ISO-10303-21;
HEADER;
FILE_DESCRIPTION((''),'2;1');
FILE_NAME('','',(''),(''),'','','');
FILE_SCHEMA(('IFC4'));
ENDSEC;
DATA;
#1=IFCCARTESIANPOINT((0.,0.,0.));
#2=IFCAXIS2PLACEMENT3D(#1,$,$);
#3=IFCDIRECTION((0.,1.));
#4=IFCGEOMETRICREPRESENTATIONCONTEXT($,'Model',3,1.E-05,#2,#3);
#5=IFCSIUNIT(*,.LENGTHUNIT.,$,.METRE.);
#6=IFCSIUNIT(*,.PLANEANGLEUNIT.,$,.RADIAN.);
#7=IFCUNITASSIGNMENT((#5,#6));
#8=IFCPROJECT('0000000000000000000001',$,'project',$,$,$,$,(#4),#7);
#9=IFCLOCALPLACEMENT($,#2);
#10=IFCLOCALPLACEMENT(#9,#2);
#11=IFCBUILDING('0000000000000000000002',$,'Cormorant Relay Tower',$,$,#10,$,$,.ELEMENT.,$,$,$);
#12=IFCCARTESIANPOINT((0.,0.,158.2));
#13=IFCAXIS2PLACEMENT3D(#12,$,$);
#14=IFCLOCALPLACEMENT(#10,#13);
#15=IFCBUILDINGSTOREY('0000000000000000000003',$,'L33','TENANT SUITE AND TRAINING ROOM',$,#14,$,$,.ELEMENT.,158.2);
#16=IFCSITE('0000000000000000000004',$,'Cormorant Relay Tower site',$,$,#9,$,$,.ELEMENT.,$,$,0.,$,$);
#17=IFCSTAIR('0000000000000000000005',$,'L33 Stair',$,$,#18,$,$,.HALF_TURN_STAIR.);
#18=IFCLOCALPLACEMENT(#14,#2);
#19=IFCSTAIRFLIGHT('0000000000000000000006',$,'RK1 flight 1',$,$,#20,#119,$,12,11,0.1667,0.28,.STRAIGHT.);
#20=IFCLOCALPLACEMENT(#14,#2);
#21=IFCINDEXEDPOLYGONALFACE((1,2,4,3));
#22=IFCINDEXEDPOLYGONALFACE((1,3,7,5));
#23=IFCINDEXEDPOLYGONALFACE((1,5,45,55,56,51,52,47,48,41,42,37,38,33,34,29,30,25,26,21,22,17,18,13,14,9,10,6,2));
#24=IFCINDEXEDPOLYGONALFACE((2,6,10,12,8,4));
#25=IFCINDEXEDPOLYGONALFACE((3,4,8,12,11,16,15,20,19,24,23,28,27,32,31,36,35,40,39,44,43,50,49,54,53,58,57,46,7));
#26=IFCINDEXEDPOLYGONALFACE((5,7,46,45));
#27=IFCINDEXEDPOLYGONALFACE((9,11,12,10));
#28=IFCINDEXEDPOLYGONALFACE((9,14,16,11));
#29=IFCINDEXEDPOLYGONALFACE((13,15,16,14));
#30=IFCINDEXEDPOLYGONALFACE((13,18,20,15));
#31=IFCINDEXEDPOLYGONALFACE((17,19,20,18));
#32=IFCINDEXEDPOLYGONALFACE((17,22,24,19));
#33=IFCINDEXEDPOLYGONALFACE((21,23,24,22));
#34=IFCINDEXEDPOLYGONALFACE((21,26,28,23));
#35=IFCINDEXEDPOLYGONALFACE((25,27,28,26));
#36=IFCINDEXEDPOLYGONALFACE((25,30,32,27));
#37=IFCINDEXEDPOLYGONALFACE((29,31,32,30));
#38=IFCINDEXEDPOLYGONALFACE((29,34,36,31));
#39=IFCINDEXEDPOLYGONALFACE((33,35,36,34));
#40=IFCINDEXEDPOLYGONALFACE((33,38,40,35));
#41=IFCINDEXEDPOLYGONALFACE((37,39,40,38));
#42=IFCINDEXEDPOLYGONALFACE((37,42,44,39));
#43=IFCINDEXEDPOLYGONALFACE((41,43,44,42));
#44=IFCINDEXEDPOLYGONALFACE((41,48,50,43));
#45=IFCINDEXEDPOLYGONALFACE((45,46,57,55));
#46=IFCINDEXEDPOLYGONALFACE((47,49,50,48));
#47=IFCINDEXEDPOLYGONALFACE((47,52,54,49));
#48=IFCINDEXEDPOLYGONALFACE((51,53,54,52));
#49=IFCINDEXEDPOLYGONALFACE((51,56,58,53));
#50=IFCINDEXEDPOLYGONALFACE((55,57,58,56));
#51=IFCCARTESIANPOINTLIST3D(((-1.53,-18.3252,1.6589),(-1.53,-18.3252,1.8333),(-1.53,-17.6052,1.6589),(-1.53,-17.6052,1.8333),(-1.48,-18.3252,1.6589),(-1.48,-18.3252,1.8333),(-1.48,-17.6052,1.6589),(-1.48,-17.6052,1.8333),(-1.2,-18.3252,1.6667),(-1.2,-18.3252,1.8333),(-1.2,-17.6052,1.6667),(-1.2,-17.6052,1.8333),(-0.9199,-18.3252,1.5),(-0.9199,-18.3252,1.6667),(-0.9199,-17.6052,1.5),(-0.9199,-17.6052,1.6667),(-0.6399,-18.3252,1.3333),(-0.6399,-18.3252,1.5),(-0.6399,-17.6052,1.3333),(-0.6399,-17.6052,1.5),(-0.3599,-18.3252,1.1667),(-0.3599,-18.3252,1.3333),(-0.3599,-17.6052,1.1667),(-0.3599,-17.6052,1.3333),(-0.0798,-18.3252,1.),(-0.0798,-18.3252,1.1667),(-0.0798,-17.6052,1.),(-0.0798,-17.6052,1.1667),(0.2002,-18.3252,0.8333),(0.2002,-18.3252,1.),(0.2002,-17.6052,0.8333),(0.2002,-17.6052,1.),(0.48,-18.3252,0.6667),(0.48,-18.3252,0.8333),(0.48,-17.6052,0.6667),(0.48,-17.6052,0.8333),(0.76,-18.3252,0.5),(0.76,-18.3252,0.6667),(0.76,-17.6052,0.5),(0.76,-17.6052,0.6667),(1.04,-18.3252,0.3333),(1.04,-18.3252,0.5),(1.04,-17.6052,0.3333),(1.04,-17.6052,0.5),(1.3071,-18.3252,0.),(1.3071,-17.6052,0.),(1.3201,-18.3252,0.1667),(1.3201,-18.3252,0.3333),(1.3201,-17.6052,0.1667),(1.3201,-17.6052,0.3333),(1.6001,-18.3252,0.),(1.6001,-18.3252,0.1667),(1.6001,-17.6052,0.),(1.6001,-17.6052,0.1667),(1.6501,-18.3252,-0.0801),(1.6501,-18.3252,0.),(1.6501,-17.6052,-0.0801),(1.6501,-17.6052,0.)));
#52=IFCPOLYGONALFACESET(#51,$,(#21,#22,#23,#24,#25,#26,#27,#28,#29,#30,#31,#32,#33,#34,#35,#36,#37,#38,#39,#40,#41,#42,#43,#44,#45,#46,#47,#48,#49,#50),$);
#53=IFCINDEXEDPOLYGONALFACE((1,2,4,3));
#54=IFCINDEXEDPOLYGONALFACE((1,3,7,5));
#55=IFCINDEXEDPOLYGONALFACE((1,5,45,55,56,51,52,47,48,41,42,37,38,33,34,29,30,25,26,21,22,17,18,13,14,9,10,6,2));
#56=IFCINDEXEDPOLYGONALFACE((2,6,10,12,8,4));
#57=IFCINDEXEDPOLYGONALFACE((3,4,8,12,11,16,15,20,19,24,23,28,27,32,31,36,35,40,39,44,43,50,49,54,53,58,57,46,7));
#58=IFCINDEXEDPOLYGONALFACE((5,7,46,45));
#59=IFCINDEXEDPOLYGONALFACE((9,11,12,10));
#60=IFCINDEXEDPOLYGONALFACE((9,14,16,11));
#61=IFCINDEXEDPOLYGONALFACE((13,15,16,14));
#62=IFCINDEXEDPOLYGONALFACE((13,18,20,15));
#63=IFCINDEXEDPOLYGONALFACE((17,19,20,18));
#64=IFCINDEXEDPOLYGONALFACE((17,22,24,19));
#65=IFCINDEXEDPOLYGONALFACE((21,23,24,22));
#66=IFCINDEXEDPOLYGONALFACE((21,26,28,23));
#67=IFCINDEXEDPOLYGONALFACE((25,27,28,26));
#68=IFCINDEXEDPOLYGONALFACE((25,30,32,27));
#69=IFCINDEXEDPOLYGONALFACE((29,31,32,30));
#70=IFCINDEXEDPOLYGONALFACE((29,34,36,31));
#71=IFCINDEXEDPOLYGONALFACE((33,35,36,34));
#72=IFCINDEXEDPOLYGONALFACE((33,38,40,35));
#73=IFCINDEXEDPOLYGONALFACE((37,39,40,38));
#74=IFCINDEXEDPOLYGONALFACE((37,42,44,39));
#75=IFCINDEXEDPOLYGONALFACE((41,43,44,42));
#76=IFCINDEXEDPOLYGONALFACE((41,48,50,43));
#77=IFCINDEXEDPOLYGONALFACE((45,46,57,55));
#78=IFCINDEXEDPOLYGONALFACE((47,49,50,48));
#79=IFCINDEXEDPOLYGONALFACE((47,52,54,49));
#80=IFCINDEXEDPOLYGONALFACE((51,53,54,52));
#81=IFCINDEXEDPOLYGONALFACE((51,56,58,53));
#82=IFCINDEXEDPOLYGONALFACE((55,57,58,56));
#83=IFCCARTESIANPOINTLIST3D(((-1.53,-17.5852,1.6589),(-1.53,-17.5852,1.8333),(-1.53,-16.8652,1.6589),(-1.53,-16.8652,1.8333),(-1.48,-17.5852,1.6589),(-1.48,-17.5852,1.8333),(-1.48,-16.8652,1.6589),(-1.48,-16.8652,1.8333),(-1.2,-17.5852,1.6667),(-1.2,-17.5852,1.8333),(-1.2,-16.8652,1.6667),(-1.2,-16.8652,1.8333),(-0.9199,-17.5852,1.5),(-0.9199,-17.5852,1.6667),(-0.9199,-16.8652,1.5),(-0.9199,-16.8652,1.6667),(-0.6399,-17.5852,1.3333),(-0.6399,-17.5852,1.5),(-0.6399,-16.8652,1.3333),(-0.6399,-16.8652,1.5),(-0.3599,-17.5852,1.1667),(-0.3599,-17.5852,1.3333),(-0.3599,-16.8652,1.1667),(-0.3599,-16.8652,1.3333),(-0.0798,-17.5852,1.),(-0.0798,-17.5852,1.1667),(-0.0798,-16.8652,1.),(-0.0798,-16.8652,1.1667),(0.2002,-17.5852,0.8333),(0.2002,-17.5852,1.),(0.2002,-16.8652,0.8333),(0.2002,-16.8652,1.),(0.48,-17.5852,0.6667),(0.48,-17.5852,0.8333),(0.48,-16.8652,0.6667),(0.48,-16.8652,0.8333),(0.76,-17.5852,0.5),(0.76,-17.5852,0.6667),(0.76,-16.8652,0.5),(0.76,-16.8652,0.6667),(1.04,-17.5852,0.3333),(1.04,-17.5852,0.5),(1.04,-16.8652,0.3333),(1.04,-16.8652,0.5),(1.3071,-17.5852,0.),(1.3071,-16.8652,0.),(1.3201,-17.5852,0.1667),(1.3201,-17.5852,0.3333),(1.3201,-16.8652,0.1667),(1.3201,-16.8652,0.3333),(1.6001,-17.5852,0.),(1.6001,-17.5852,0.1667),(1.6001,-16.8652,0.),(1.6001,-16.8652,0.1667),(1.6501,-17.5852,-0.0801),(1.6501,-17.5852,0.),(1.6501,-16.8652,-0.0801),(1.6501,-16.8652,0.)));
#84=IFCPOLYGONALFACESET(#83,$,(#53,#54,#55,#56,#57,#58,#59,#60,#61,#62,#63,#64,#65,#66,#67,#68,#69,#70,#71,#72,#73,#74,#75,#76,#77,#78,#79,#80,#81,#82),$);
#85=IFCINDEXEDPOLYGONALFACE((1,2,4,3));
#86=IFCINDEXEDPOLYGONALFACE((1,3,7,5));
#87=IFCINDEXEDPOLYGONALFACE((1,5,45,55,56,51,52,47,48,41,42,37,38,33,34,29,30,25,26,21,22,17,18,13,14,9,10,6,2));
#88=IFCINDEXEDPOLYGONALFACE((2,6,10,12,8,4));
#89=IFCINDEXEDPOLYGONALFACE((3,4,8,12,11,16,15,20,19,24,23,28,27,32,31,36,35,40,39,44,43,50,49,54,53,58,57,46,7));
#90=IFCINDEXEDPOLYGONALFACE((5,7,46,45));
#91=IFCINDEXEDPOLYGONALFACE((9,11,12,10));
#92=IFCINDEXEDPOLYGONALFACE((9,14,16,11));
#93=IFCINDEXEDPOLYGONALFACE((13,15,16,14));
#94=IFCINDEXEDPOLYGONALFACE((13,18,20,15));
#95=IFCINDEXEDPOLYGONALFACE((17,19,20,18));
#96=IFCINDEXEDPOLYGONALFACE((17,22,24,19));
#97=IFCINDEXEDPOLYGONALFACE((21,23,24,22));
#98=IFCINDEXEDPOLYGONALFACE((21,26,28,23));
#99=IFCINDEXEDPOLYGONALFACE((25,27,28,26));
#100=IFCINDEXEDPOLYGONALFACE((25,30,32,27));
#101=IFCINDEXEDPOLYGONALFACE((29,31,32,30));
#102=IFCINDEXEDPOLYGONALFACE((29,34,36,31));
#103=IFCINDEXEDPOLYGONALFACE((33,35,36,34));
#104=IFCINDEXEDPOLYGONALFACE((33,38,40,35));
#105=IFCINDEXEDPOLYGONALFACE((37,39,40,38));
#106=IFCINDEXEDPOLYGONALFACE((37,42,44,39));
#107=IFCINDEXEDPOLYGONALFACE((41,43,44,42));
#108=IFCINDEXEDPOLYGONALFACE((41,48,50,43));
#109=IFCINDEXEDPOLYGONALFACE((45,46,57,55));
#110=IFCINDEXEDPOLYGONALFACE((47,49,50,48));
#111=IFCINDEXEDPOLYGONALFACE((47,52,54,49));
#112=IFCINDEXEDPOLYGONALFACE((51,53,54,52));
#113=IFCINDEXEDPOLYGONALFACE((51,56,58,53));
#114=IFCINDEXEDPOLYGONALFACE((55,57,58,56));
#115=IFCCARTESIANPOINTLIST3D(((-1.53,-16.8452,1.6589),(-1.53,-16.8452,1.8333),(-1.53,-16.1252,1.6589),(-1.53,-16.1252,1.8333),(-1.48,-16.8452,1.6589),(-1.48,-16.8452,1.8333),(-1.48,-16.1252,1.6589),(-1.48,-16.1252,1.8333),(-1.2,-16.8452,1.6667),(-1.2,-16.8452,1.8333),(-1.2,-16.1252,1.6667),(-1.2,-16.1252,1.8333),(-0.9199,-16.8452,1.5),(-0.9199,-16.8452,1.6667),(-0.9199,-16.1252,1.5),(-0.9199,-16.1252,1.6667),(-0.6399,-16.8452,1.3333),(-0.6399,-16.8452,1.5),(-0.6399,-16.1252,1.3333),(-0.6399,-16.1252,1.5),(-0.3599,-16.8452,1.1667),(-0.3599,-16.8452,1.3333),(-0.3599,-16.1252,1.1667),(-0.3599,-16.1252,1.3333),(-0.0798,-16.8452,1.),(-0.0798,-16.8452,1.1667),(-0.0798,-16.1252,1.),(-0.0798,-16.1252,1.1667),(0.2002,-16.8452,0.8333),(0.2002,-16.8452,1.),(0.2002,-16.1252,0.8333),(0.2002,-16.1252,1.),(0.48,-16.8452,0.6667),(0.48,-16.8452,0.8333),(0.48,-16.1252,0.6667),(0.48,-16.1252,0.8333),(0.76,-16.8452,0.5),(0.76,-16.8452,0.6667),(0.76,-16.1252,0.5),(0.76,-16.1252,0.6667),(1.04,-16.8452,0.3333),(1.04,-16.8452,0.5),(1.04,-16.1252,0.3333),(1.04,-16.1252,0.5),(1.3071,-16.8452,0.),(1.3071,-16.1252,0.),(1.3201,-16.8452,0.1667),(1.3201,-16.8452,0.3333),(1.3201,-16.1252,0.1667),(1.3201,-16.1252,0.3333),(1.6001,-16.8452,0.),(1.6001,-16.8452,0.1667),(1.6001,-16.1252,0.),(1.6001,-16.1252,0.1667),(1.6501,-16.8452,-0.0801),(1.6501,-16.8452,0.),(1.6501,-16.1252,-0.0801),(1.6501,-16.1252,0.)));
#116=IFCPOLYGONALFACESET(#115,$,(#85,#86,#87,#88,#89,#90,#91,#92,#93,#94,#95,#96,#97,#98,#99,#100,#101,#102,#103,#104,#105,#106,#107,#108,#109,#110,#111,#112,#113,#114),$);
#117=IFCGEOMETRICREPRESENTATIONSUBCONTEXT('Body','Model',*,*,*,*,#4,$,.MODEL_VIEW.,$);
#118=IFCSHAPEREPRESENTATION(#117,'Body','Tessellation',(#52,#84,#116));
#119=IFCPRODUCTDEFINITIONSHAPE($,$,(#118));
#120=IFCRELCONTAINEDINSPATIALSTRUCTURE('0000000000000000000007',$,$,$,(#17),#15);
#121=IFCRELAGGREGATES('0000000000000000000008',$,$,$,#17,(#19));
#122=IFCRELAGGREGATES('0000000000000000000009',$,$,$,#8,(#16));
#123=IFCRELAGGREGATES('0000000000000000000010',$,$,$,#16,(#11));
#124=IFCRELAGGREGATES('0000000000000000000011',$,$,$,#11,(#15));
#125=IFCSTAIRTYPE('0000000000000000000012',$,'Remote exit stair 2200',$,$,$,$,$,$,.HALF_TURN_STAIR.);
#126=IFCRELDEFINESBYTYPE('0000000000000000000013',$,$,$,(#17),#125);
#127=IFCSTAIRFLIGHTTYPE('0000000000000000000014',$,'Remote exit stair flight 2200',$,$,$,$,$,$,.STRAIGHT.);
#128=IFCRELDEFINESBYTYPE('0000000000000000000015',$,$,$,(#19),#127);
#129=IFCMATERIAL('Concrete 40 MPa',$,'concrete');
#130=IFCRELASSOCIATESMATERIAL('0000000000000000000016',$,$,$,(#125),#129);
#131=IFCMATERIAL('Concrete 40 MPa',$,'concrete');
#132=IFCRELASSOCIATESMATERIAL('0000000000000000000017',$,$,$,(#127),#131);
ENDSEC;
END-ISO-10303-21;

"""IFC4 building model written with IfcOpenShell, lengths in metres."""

from ifc_helpers import new_model, si_unit, direction, frame, origin, place, context, subcontext, project, spatial, polyline, outline, extrude, material, type_object, element, aggregate, save


model = new_model("IFC4")

# Units and contexts
model_context = context("Model", 3, precision=1e-05, world=origin(), true_north=direction((0.0, 1.0)))
body_context = subcontext(model_context, "Body", "Model", "MODEL_VIEW")
ifc_project = project(units=[si_unit("LENGTHUNIT", "METRE"), si_unit("PLANEANGLEUNIT", "RADIAN")], contexts=[model_context])

# Site, building, storey
site_placement = place(None, origin())
site = spatial("IfcSite", under=ifc_project, at=site_placement, Name="Cormorant Relay Tower site", CompositionType="ELEMENT", RefElevation=0.0)
building_placement = place(site_placement, origin())
building = spatial("IfcBuilding", under=site, at=building_placement, Name="Cormorant Relay Tower", CompositionType="ELEMENT")
storey_placement = place(building_placement, frame((0.0, 0.0, 158.2)))
storey = spatial("IfcBuildingStorey", under=building, at=storey_placement, Name="L33", Description="TENANT SUITE AND TRAINING ROOM", CompositionType="ELEMENT", Elevation=158.2)

# Stair, stair flight
ifc_material_1 = material(Name="Concrete 40 MPa", Category="concrete")
stair_type = type_object("IfcStairType", Name="Remote exit stair 2200", PredefinedType="HALF_TURN_STAIR", material=ifc_material_1)
stair_placement = place(storey_placement, origin())
stair = element("IfcStair", 1, at=stair_placement, inside=storey, type_object=stair_type, Name="L33 Stair", PredefinedType="HALF_TURN_STAIR")
ifc_material_2 = material(Name="Concrete 40 MPa", Category="concrete")
stair_flight_type = type_object("IfcStairFlightType", Name="Remote exit stair flight 2200", PredefinedType="STRAIGHT", material=ifc_material_2)
stair_flight_1_placement = place(storey_placement, frame((1.6001, -17.2251, 0.0), z_axis=(0.0, 0.0, 1.0), x_axis=(-1.0, 0.0, 0.0)))
stair_flight_1 = element("IfcStairFlight", 2, at=stair_flight_1_placement, type_object=stair_flight_type, Name="RK1 flight 1", NumberOfRisers=12, NumberOfTreads=11, PredefinedType="STRAIGHT", RiserHeight=0.1667, TreadLength=0.28, context=body_context, shape_type="SweptSolid", body=[
    extrude(outline(polyline([(-0.05, -0.0801), (-0.05, 0.0), (0.0, 0.0), (0.0, 0.1667), (0.28, 0.1667), (0.28, 0.3333), (0.5601, 0.3333), (0.5601, 0.5), (0.8401, 0.5), (0.8401, 0.6667), (1.1201, 0.6667), (1.1201, 0.8333), (1.3999, 0.8333), (1.3999, 1.0), (1.6799, 1.0), (1.6799, 1.1667), (1.96, 1.1667), (1.96, 1.3333), (2.24, 1.3333), (2.24, 1.5), (2.52, 1.5), (2.52, 1.6667), (2.8, 1.6667), (2.8, 1.8333), (3.0801, 1.8333), (3.1301, 1.8333), (3.1301, 1.6589), (3.0801, 1.6589), (0.293, 0.0), (-0.05, -0.0801)])), frame((0.0, 1.1001, 0.0), z_axis=(0.0, -1.0, 0.0), x_axis=(1.0, 0.0, 0.0)), (0.0, 0.0, 1.0), 0.72),
    extrude(outline(polyline([(-0.05, -0.0801), (-0.05, 0.0), (0.0, 0.0), (0.0, 0.1667), (0.28, 0.1667), (0.28, 0.3333), (0.5601, 0.3333), (0.5601, 0.5), (0.8401, 0.5), (0.8401, 0.6667), (1.1201, 0.6667), (1.1201, 0.8333), (1.3999, 0.8333), (1.3999, 1.0), (1.6799, 1.0), (1.6799, 1.1667), (1.96, 1.1667), (1.96, 1.3333), (2.24, 1.3333), (2.24, 1.5), (2.52, 1.5), (2.52, 1.6667), (2.8, 1.6667), (2.8, 1.8333), (3.0801, 1.8333), (3.1301, 1.8333), (3.1301, 1.6589), (3.0801, 1.6589), (0.293, 0.0), (-0.05, -0.0801)])), frame((0.0, 0.3601, 0.0), z_axis=(0.0, -1.0, 0.0), x_axis=(1.0, 0.0, 0.0)), (0.0, 0.0, 1.0), 0.72),
    extrude(outline(polyline([(-0.05, -0.0801), (-0.05, 0.0), (0.0, 0.0), (0.0, 0.1667), (0.28, 0.1667), (0.28, 0.3333), (0.5601, 0.3333), (0.5601, 0.5), (0.8401, 0.5), (0.8401, 0.6667), (1.1201, 0.6667), (1.1201, 0.8333), (1.3999, 0.8333), (1.3999, 1.0), (1.6799, 1.0), (1.6799, 1.1667), (1.96, 1.1667), (1.96, 1.3333), (2.24, 1.3333), (2.24, 1.5), (2.52, 1.5), (2.52, 1.6667), (2.8, 1.6667), (2.8, 1.8333), (3.0801, 1.8333), (3.1301, 1.8333), (3.1301, 1.6589), (3.0801, 1.6589), (0.293, 0.0), (-0.05, -0.0801)])), frame((0.0, -0.3799, 0.0), z_axis=(0.0, -1.0, 0.0), x_axis=(1.0, 0.0, 0.0)), (0.0, 0.0, 1.0), 0.72),
])
aggregate(stair, [stair_flight_1])

save(model, "model.ifc")
